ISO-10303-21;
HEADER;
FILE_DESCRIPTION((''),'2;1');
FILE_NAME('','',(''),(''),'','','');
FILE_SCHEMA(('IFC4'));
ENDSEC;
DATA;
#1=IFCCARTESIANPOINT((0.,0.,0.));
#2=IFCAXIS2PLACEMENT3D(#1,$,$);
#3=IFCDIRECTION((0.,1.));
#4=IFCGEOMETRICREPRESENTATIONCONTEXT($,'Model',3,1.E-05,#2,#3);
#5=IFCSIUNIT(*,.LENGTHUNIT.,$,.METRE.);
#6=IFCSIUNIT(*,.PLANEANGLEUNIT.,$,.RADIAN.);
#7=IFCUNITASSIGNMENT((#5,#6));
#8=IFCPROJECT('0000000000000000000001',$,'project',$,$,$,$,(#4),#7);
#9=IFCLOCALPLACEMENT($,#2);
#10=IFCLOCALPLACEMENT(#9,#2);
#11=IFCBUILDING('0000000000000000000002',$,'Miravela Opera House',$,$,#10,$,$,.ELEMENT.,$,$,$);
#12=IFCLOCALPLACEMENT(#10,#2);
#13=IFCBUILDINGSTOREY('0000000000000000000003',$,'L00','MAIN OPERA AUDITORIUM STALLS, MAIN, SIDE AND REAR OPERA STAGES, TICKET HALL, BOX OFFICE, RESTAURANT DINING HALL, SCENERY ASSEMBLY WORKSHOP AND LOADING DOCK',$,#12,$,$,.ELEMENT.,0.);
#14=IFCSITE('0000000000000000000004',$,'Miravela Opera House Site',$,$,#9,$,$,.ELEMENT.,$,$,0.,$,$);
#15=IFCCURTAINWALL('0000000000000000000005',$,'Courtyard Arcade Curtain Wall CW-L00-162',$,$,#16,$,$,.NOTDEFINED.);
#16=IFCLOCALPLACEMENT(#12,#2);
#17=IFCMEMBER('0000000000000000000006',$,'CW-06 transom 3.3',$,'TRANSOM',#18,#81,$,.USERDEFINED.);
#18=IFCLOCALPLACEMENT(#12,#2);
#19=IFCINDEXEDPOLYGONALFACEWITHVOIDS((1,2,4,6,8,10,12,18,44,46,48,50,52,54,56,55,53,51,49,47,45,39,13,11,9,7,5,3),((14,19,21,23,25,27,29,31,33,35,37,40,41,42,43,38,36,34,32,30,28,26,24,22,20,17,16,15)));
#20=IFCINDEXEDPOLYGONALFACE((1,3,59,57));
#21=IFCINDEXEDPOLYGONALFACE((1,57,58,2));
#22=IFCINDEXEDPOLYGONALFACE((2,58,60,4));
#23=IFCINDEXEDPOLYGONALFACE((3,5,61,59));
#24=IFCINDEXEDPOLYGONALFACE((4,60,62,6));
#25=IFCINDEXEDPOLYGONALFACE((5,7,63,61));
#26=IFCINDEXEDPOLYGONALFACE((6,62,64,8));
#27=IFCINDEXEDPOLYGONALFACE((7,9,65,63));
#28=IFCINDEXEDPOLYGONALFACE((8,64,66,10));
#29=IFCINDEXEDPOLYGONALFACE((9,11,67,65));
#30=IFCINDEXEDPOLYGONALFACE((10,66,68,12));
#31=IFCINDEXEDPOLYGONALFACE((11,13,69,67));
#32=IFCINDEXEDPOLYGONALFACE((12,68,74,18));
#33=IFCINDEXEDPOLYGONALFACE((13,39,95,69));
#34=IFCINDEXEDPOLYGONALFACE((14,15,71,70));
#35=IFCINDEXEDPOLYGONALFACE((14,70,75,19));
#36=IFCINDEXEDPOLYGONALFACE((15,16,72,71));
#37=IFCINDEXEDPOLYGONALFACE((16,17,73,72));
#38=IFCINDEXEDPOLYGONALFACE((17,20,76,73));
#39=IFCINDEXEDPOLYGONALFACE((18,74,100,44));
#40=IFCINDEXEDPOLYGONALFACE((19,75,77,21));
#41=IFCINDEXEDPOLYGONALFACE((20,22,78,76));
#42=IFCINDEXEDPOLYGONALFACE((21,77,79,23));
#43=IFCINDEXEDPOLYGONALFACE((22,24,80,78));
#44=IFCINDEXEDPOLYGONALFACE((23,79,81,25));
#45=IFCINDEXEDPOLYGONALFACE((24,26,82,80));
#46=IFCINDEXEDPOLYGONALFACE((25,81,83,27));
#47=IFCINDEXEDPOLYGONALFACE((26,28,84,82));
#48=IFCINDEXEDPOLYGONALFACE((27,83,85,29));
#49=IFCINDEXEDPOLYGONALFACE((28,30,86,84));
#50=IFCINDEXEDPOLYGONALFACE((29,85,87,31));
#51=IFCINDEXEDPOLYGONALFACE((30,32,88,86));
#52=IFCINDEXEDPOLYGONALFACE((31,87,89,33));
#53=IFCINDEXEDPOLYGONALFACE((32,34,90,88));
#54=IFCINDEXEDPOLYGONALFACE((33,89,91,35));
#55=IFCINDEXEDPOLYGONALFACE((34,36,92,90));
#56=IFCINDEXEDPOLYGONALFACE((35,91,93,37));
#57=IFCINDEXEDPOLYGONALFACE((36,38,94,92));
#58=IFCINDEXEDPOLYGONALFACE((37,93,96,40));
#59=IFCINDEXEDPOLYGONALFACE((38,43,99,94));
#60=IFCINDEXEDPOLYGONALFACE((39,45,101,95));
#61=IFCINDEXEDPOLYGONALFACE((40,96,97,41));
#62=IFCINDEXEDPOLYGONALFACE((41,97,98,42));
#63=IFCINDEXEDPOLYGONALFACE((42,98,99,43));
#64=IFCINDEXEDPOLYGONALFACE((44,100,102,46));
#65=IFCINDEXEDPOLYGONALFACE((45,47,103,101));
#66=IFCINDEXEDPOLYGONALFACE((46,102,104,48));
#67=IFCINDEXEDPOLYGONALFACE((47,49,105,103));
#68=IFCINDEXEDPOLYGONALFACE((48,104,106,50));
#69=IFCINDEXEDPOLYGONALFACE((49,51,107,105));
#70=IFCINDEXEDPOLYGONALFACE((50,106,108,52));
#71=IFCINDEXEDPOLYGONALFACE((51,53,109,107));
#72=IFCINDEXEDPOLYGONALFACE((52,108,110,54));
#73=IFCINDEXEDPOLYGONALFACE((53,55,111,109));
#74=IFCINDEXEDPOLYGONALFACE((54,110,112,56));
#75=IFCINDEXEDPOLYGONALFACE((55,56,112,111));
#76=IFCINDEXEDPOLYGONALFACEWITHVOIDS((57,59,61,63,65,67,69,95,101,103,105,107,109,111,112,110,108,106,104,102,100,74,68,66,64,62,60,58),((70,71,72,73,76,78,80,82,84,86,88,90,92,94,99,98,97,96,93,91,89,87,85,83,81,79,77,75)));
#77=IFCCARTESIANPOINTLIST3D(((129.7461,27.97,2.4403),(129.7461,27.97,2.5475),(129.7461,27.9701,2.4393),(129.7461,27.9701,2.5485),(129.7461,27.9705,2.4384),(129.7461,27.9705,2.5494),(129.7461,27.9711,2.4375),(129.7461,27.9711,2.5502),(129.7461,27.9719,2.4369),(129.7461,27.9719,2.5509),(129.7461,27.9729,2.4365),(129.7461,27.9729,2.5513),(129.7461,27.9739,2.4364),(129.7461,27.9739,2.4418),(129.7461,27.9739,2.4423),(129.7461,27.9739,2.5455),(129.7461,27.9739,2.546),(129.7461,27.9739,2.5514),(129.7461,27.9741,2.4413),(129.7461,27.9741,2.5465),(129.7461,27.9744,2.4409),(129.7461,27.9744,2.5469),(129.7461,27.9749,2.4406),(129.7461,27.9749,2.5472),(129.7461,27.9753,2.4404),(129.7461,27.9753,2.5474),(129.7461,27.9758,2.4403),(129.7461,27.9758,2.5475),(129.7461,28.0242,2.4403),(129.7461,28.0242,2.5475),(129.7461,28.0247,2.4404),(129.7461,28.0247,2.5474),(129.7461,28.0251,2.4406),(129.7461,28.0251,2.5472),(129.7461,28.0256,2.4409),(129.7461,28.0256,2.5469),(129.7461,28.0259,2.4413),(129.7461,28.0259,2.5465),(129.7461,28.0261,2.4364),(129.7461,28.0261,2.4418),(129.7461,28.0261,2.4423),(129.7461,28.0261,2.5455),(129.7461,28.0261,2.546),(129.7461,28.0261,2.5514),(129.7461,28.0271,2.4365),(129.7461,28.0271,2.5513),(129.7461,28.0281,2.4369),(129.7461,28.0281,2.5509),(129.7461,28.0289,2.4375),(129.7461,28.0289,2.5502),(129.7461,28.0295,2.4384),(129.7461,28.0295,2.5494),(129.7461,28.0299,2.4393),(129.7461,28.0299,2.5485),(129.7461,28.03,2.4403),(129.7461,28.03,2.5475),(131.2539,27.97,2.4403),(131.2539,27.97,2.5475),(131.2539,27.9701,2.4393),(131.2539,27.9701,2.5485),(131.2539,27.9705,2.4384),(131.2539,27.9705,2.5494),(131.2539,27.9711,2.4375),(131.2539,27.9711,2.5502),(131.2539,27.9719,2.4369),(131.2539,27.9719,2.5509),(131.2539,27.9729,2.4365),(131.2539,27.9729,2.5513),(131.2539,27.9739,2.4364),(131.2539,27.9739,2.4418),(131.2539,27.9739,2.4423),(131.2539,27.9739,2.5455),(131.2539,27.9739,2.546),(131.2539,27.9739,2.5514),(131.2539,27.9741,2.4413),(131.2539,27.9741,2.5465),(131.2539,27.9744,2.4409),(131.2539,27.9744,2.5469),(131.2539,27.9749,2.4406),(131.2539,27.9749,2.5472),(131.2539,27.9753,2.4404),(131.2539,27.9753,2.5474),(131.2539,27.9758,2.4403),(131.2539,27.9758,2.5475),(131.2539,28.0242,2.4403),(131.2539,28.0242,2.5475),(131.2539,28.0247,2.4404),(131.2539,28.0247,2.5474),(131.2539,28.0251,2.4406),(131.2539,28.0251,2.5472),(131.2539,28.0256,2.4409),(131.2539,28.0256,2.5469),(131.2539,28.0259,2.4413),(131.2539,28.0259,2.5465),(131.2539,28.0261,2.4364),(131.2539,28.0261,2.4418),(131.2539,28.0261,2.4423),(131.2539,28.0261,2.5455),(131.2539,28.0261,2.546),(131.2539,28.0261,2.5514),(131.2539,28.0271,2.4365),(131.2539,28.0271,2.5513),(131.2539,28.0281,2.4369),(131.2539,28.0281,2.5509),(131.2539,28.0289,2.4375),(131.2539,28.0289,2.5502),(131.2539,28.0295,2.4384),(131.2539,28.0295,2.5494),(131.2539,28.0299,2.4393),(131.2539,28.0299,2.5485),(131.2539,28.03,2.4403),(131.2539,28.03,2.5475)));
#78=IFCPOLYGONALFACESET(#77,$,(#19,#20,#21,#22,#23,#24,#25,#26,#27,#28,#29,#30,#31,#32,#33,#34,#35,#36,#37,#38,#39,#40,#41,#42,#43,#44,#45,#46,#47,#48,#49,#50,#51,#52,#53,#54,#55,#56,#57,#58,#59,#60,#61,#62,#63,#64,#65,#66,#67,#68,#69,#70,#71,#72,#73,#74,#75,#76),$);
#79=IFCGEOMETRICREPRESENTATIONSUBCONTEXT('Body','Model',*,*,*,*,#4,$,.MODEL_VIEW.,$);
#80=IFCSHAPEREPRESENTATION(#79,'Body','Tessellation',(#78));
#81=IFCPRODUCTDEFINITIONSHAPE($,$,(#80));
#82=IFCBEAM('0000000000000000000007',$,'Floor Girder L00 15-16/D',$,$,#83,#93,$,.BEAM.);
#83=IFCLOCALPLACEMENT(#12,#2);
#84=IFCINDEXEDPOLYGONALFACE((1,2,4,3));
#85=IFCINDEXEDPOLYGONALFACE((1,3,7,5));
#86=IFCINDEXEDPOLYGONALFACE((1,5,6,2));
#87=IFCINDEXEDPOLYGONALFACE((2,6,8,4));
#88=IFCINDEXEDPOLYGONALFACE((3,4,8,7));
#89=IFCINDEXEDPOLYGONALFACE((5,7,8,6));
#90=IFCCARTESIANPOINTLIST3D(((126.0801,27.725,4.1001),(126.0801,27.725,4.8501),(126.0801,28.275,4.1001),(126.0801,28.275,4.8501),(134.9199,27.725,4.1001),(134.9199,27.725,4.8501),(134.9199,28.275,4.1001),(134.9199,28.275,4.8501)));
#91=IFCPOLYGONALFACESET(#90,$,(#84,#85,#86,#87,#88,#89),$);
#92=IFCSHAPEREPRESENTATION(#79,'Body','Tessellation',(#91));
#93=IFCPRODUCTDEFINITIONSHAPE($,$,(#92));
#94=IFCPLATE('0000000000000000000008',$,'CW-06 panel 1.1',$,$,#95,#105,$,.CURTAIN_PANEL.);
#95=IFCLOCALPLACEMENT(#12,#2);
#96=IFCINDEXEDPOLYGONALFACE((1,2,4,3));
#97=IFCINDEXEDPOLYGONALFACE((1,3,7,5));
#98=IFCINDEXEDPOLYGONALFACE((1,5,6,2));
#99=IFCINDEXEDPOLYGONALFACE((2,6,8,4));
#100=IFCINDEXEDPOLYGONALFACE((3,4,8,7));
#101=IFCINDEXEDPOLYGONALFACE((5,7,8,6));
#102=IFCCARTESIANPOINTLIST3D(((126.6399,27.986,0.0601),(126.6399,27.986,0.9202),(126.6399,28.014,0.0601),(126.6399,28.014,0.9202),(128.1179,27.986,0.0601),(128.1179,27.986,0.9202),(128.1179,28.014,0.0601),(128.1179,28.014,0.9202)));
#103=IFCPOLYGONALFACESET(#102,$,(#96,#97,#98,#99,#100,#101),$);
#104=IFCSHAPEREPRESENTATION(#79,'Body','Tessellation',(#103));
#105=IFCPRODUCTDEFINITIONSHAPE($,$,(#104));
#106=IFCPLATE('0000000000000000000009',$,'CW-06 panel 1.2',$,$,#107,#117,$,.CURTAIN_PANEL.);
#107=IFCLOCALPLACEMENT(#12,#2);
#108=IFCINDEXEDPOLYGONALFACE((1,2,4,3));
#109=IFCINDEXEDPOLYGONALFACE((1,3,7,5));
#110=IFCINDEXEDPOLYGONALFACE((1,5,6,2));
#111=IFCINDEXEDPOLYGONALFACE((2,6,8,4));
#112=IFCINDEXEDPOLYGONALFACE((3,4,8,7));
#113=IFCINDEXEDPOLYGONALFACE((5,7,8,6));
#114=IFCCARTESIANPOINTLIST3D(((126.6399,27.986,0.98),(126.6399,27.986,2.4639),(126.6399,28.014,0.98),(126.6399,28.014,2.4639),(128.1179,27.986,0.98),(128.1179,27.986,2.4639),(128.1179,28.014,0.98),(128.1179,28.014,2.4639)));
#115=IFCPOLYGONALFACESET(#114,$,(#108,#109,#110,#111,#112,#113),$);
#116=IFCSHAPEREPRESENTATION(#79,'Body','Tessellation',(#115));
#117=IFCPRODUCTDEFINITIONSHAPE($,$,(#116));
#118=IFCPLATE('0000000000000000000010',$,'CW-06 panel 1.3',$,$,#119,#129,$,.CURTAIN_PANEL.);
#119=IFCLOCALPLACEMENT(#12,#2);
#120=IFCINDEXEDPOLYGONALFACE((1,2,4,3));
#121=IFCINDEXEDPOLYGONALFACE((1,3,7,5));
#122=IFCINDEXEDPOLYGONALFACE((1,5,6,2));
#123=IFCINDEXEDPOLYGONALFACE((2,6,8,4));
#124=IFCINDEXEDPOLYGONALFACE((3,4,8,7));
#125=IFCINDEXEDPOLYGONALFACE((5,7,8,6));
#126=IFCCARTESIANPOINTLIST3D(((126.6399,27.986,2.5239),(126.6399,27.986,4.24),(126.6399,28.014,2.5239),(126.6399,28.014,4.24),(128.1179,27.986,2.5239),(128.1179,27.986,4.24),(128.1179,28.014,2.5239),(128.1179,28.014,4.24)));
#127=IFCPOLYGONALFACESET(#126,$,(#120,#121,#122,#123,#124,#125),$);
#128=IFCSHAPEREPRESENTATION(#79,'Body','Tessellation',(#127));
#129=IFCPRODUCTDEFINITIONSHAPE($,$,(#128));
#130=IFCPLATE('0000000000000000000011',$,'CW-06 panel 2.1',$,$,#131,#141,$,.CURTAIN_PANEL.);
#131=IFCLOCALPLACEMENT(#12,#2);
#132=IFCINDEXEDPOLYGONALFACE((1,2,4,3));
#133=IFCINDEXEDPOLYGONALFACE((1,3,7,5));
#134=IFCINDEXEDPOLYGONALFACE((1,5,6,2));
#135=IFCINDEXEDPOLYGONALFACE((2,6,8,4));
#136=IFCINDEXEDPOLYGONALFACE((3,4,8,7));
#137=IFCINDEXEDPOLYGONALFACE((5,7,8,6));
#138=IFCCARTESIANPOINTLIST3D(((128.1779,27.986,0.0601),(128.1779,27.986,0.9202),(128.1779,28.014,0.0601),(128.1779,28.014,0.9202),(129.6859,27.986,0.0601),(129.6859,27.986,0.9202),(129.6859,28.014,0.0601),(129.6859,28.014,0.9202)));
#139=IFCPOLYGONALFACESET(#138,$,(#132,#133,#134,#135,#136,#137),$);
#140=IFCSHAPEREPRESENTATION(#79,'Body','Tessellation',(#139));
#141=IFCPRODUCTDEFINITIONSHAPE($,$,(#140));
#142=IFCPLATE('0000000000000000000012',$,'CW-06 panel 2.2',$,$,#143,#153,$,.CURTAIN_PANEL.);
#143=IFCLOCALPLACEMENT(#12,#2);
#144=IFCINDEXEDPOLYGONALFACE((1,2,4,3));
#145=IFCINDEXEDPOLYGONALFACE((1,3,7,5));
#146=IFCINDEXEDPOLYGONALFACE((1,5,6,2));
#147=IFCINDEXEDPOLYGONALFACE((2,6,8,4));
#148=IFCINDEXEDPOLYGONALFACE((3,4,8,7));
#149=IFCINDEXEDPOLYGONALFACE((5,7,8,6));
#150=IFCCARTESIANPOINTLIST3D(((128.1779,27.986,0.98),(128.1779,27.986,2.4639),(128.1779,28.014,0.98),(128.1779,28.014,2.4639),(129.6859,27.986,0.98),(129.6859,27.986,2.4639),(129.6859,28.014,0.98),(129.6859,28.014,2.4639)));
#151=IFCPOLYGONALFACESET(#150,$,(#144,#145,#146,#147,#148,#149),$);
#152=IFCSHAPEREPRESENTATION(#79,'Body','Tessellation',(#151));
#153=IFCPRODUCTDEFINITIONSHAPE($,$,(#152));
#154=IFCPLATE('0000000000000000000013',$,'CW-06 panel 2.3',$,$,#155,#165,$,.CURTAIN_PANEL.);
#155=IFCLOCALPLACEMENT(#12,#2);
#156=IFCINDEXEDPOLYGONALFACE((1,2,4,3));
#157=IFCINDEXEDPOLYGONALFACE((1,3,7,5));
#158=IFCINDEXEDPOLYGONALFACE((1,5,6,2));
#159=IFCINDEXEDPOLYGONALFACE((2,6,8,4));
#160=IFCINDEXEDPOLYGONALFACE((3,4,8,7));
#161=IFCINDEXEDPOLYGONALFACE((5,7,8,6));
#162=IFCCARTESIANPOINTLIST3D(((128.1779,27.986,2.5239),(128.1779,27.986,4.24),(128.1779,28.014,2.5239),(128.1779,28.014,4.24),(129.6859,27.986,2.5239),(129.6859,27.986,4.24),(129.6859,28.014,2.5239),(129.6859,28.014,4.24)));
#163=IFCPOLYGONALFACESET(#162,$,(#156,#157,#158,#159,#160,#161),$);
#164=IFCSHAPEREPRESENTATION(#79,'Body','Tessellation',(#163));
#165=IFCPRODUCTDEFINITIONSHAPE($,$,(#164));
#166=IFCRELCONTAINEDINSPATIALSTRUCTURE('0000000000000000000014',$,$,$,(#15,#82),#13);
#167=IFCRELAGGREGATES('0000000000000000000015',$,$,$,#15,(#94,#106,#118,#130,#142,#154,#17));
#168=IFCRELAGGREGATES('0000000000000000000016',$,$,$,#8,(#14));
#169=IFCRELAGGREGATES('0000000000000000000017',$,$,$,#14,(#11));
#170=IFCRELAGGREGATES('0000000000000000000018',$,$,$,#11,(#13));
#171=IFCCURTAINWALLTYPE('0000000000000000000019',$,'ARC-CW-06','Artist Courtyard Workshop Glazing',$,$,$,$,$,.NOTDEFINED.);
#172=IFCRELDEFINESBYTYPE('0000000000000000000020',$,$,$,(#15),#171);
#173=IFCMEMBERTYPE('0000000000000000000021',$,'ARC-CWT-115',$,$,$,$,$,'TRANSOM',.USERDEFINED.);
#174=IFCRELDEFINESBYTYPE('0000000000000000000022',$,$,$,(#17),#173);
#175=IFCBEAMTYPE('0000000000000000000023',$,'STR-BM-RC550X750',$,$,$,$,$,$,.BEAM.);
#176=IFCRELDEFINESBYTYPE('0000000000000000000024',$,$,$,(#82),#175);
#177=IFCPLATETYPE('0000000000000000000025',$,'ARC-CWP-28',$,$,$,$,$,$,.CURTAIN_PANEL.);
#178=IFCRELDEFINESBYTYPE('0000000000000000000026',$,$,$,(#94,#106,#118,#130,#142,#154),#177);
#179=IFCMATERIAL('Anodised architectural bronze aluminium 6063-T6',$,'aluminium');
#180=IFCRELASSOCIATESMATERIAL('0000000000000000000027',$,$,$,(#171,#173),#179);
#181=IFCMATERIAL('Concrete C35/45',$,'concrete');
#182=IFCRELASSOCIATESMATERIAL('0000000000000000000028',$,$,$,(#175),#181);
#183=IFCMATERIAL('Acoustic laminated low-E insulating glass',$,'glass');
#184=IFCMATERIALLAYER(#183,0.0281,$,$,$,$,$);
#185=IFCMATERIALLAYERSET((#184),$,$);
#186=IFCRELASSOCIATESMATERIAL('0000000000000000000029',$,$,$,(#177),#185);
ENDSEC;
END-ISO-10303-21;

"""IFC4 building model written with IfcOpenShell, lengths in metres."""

from ifc_helpers import new_model, si_unit, direction, frame, origin, origin_2d, place, context, subcontext, project, spatial, rectangle, hollow_rectangle, extrude, material, layer, layer_set, material_profile, profile_set, type_object, element, aggregate, save


model = new_model("IFC4")

# Units and contexts
model_context = context("Model", 3, precision=1e-05, world=origin(), true_north=direction((0.0, 1.0)))
body_context = subcontext(model_context, "Body", "Model", "MODEL_VIEW")
ifc_project = project(units=[si_unit("LENGTHUNIT", "METRE"), si_unit("PLANEANGLEUNIT", "RADIAN")], contexts=[model_context])

# Site, building, storey
site_placement = place(None, origin())
site = spatial("IfcSite", under=ifc_project, at=site_placement, Name="Miravela Opera House Site", CompositionType="ELEMENT", RefElevation=0.0)
building_placement = place(site_placement, origin())
building = spatial("IfcBuilding", under=site, at=building_placement, Name="Miravela Opera House", CompositionType="ELEMENT")
storey_placement = place(building_placement, origin())
storey = spatial("IfcBuildingStorey", under=building, at=storey_placement, Name="L00", Description="MAIN OPERA AUDITORIUM STALLS, MAIN, SIDE AND REAR OPERA STAGES, TICKET HALL, BOX OFFICE, RESTAURANT DINING HALL, SCENERY ASSEMBLY WORKSHOP AND LOADING DOCK", CompositionType="ELEMENT", Elevation=0.0)

# Shared definitions
ifc_material_1 = material(Name="Concrete C35/45", Category="concrete")

# Shared definitions
ifc_material_2 = material(Name="Anodised architectural bronze aluminium 6063-T6", Category="aluminium")
curtain_wall_type = type_object("IfcCurtainWallType", Name="ARC-CW-06", Description="Artist Courtyard Workshop Glazing", PredefinedType="NOTDEFINED", material=ifc_material_2)

# Curtain wall, member
curtain_wall_1_placement = place(storey_placement, origin())
curtain_wall_1 = element("IfcCurtainWall", 1, at=curtain_wall_1_placement, inside=storey, type_object=curtain_wall_type, Name="Courtyard Arcade Curtain Wall CW-L00-162", PredefinedType="NOTDEFINED")
ifc_material_profile_1 = material_profile(ifc_material_2, hollow_rectangle(XDim=0.0601, YDim=0.115, WallThickness=0.0039, InnerFilletRadius=0.002, OuterFilletRadius=0.0039, at=origin_2d()), Name="CWT-60X115")
ifc_profile_set_1 = profile_set([ifc_material_profile_1])
member_type_1 = type_object("IfcMemberType", Name="ARC-CWT-115", ElementType="TRANSOM", PredefinedType="USERDEFINED", material=ifc_profile_set_1)
member_1_placement = place(storey_placement, frame((129.7461, 28.0, 2.4939), z_axis=(1.0, 0.0, 0.0), x_axis=(0.0, 1.0, 0.0)))
member_1 = element("IfcMember", 2, at=member_1_placement, type_object=member_type_1, Name="CW-06 transom 3.3", ObjectType="TRANSOM", PredefinedType="USERDEFINED", context=body_context, shape_type="SweptSolid", body=[
    extrude(hollow_rectangle(XDim=0.0601, YDim=0.115, WallThickness=0.0039, InnerFilletRadius=0.002, OuterFilletRadius=0.0039, at=origin_2d()), origin(), (0.0, 0.0, 1.0), 1.5078),
])

# Beam
ifc_material_profile_2 = material_profile(ifc_material_1, rectangle(XDim=0.55, YDim=0.75, at=origin_2d()), Name="RC-BM-550X750")
ifc_profile_set_2 = profile_set([ifc_material_profile_2])
beam_type = type_object("IfcBeamType", Name="STR-BM-RC550X750", PredefinedType="BEAM", material=ifc_profile_set_2)
beam_placement = place(storey_placement, frame((126.0801, 28.0, 4.4751), z_axis=(1.0, 0.0, 0.0), x_axis=(0.0, 1.0, 0.0)))
element("IfcBeam", 3, at=beam_placement, inside=storey, type_object=beam_type, Name="Floor Girder L00 15-16/D", PredefinedType="BEAM", context=body_context, shape_type="SweptSolid", body=[
    extrude(rectangle(XDim=0.55, YDim=0.75, at=origin_2d()), origin(), (0.0, 0.0, 1.0), 8.8398),
])

# Plates
ifc_material_3 = material(Name="Acoustic laminated low-E insulating glass", Category="glass")
ifc_layer = layer(ifc_material_3, 0.0281)
ifc_layer_set = layer_set([ifc_layer])
plate_type = type_object("IfcPlateType", Name="ARC-CWP-28", PredefinedType="CURTAIN_PANEL", material=ifc_layer_set)
plate_1_placement = place(storey_placement, frame((127.3789, 28.0, 0.0601), z_axis=(0.0, 0.0, 1.0), x_axis=(1.0, 0.0, 0.0)))
plate_1 = element("IfcPlate", 4, at=plate_1_placement, type_object=plate_type, Name="CW-06 panel 1.1", PredefinedType="CURTAIN_PANEL", context=body_context, shape_type="SweptSolid", body=[
    extrude(rectangle(XDim=1.478, YDim=0.0281, at=origin_2d()), origin(), (0.0, 0.0, 1.0), 0.8601),
])
plate_2_placement = place(storey_placement, frame((127.3789, 28.0, 0.98), z_axis=(0.0, 0.0, 1.0), x_axis=(1.0, 0.0, 0.0)))
plate_2 = element("IfcPlate", 5, at=plate_2_placement, type_object=plate_type, Name="CW-06 panel 1.2", PredefinedType="CURTAIN_PANEL", context=body_context, shape_type="SweptSolid", body=[
    extrude(rectangle(XDim=1.478, YDim=0.0281, at=origin_2d()), origin(), (0.0, 0.0, 1.0), 1.4839),
])
plate_3_placement = place(storey_placement, frame((127.3789, 28.0, 2.5239), z_axis=(0.0, 0.0, 1.0), x_axis=(1.0, 0.0, 0.0)))
plate_3 = element("IfcPlate", 6, at=plate_3_placement, type_object=plate_type, Name="CW-06 panel 1.3", PredefinedType="CURTAIN_PANEL", context=body_context, shape_type="SweptSolid", body=[
    extrude(rectangle(XDim=1.478, YDim=0.0281, at=origin_2d()), origin(), (0.0, 0.0, 1.0), 1.7161),
])
plate_4_placement = place(storey_placement, frame((128.9319, 28.0, 0.0601), z_axis=(0.0, 0.0, 1.0), x_axis=(1.0, 0.0, 0.0)))
plate_4 = element("IfcPlate", 7, at=plate_4_placement, type_object=plate_type, Name="CW-06 panel 2.1", PredefinedType="CURTAIN_PANEL", context=body_context, shape_type="SweptSolid", body=[
    extrude(rectangle(XDim=1.5081, YDim=0.0281, at=origin_2d()), origin(), (0.0, 0.0, 1.0), 0.8601),
])
plate_5_placement = place(storey_placement, frame((128.9319, 28.0, 0.98), z_axis=(0.0, 0.0, 1.0), x_axis=(1.0, 0.0, 0.0)))
plate_5 = element("IfcPlate", 8, at=plate_5_placement, type_object=plate_type, Name="CW-06 panel 2.2", PredefinedType="CURTAIN_PANEL", context=body_context, shape_type="SweptSolid", body=[
    extrude(rectangle(XDim=1.5081, YDim=0.0281, at=origin_2d()), origin(), (0.0, 0.0, 1.0), 1.4839),
])
plate_6_placement = place(storey_placement, frame((128.9319, 28.0, 2.5239), z_axis=(0.0, 0.0, 1.0), x_axis=(1.0, 0.0, 0.0)))
plate_6 = element("IfcPlate", 9, at=plate_6_placement, type_object=plate_type, Name="CW-06 panel 2.3", PredefinedType="CURTAIN_PANEL", context=body_context, shape_type="SweptSolid", body=[
    extrude(rectangle(XDim=1.5081, YDim=0.0281, at=origin_2d()), origin(), (0.0, 0.0, 1.0), 1.7161),
])
aggregate(curtain_wall_1, [plate_1, plate_2, plate_3, plate_4, plate_5, plate_6, member_1])

save(model, "model.ifc")
